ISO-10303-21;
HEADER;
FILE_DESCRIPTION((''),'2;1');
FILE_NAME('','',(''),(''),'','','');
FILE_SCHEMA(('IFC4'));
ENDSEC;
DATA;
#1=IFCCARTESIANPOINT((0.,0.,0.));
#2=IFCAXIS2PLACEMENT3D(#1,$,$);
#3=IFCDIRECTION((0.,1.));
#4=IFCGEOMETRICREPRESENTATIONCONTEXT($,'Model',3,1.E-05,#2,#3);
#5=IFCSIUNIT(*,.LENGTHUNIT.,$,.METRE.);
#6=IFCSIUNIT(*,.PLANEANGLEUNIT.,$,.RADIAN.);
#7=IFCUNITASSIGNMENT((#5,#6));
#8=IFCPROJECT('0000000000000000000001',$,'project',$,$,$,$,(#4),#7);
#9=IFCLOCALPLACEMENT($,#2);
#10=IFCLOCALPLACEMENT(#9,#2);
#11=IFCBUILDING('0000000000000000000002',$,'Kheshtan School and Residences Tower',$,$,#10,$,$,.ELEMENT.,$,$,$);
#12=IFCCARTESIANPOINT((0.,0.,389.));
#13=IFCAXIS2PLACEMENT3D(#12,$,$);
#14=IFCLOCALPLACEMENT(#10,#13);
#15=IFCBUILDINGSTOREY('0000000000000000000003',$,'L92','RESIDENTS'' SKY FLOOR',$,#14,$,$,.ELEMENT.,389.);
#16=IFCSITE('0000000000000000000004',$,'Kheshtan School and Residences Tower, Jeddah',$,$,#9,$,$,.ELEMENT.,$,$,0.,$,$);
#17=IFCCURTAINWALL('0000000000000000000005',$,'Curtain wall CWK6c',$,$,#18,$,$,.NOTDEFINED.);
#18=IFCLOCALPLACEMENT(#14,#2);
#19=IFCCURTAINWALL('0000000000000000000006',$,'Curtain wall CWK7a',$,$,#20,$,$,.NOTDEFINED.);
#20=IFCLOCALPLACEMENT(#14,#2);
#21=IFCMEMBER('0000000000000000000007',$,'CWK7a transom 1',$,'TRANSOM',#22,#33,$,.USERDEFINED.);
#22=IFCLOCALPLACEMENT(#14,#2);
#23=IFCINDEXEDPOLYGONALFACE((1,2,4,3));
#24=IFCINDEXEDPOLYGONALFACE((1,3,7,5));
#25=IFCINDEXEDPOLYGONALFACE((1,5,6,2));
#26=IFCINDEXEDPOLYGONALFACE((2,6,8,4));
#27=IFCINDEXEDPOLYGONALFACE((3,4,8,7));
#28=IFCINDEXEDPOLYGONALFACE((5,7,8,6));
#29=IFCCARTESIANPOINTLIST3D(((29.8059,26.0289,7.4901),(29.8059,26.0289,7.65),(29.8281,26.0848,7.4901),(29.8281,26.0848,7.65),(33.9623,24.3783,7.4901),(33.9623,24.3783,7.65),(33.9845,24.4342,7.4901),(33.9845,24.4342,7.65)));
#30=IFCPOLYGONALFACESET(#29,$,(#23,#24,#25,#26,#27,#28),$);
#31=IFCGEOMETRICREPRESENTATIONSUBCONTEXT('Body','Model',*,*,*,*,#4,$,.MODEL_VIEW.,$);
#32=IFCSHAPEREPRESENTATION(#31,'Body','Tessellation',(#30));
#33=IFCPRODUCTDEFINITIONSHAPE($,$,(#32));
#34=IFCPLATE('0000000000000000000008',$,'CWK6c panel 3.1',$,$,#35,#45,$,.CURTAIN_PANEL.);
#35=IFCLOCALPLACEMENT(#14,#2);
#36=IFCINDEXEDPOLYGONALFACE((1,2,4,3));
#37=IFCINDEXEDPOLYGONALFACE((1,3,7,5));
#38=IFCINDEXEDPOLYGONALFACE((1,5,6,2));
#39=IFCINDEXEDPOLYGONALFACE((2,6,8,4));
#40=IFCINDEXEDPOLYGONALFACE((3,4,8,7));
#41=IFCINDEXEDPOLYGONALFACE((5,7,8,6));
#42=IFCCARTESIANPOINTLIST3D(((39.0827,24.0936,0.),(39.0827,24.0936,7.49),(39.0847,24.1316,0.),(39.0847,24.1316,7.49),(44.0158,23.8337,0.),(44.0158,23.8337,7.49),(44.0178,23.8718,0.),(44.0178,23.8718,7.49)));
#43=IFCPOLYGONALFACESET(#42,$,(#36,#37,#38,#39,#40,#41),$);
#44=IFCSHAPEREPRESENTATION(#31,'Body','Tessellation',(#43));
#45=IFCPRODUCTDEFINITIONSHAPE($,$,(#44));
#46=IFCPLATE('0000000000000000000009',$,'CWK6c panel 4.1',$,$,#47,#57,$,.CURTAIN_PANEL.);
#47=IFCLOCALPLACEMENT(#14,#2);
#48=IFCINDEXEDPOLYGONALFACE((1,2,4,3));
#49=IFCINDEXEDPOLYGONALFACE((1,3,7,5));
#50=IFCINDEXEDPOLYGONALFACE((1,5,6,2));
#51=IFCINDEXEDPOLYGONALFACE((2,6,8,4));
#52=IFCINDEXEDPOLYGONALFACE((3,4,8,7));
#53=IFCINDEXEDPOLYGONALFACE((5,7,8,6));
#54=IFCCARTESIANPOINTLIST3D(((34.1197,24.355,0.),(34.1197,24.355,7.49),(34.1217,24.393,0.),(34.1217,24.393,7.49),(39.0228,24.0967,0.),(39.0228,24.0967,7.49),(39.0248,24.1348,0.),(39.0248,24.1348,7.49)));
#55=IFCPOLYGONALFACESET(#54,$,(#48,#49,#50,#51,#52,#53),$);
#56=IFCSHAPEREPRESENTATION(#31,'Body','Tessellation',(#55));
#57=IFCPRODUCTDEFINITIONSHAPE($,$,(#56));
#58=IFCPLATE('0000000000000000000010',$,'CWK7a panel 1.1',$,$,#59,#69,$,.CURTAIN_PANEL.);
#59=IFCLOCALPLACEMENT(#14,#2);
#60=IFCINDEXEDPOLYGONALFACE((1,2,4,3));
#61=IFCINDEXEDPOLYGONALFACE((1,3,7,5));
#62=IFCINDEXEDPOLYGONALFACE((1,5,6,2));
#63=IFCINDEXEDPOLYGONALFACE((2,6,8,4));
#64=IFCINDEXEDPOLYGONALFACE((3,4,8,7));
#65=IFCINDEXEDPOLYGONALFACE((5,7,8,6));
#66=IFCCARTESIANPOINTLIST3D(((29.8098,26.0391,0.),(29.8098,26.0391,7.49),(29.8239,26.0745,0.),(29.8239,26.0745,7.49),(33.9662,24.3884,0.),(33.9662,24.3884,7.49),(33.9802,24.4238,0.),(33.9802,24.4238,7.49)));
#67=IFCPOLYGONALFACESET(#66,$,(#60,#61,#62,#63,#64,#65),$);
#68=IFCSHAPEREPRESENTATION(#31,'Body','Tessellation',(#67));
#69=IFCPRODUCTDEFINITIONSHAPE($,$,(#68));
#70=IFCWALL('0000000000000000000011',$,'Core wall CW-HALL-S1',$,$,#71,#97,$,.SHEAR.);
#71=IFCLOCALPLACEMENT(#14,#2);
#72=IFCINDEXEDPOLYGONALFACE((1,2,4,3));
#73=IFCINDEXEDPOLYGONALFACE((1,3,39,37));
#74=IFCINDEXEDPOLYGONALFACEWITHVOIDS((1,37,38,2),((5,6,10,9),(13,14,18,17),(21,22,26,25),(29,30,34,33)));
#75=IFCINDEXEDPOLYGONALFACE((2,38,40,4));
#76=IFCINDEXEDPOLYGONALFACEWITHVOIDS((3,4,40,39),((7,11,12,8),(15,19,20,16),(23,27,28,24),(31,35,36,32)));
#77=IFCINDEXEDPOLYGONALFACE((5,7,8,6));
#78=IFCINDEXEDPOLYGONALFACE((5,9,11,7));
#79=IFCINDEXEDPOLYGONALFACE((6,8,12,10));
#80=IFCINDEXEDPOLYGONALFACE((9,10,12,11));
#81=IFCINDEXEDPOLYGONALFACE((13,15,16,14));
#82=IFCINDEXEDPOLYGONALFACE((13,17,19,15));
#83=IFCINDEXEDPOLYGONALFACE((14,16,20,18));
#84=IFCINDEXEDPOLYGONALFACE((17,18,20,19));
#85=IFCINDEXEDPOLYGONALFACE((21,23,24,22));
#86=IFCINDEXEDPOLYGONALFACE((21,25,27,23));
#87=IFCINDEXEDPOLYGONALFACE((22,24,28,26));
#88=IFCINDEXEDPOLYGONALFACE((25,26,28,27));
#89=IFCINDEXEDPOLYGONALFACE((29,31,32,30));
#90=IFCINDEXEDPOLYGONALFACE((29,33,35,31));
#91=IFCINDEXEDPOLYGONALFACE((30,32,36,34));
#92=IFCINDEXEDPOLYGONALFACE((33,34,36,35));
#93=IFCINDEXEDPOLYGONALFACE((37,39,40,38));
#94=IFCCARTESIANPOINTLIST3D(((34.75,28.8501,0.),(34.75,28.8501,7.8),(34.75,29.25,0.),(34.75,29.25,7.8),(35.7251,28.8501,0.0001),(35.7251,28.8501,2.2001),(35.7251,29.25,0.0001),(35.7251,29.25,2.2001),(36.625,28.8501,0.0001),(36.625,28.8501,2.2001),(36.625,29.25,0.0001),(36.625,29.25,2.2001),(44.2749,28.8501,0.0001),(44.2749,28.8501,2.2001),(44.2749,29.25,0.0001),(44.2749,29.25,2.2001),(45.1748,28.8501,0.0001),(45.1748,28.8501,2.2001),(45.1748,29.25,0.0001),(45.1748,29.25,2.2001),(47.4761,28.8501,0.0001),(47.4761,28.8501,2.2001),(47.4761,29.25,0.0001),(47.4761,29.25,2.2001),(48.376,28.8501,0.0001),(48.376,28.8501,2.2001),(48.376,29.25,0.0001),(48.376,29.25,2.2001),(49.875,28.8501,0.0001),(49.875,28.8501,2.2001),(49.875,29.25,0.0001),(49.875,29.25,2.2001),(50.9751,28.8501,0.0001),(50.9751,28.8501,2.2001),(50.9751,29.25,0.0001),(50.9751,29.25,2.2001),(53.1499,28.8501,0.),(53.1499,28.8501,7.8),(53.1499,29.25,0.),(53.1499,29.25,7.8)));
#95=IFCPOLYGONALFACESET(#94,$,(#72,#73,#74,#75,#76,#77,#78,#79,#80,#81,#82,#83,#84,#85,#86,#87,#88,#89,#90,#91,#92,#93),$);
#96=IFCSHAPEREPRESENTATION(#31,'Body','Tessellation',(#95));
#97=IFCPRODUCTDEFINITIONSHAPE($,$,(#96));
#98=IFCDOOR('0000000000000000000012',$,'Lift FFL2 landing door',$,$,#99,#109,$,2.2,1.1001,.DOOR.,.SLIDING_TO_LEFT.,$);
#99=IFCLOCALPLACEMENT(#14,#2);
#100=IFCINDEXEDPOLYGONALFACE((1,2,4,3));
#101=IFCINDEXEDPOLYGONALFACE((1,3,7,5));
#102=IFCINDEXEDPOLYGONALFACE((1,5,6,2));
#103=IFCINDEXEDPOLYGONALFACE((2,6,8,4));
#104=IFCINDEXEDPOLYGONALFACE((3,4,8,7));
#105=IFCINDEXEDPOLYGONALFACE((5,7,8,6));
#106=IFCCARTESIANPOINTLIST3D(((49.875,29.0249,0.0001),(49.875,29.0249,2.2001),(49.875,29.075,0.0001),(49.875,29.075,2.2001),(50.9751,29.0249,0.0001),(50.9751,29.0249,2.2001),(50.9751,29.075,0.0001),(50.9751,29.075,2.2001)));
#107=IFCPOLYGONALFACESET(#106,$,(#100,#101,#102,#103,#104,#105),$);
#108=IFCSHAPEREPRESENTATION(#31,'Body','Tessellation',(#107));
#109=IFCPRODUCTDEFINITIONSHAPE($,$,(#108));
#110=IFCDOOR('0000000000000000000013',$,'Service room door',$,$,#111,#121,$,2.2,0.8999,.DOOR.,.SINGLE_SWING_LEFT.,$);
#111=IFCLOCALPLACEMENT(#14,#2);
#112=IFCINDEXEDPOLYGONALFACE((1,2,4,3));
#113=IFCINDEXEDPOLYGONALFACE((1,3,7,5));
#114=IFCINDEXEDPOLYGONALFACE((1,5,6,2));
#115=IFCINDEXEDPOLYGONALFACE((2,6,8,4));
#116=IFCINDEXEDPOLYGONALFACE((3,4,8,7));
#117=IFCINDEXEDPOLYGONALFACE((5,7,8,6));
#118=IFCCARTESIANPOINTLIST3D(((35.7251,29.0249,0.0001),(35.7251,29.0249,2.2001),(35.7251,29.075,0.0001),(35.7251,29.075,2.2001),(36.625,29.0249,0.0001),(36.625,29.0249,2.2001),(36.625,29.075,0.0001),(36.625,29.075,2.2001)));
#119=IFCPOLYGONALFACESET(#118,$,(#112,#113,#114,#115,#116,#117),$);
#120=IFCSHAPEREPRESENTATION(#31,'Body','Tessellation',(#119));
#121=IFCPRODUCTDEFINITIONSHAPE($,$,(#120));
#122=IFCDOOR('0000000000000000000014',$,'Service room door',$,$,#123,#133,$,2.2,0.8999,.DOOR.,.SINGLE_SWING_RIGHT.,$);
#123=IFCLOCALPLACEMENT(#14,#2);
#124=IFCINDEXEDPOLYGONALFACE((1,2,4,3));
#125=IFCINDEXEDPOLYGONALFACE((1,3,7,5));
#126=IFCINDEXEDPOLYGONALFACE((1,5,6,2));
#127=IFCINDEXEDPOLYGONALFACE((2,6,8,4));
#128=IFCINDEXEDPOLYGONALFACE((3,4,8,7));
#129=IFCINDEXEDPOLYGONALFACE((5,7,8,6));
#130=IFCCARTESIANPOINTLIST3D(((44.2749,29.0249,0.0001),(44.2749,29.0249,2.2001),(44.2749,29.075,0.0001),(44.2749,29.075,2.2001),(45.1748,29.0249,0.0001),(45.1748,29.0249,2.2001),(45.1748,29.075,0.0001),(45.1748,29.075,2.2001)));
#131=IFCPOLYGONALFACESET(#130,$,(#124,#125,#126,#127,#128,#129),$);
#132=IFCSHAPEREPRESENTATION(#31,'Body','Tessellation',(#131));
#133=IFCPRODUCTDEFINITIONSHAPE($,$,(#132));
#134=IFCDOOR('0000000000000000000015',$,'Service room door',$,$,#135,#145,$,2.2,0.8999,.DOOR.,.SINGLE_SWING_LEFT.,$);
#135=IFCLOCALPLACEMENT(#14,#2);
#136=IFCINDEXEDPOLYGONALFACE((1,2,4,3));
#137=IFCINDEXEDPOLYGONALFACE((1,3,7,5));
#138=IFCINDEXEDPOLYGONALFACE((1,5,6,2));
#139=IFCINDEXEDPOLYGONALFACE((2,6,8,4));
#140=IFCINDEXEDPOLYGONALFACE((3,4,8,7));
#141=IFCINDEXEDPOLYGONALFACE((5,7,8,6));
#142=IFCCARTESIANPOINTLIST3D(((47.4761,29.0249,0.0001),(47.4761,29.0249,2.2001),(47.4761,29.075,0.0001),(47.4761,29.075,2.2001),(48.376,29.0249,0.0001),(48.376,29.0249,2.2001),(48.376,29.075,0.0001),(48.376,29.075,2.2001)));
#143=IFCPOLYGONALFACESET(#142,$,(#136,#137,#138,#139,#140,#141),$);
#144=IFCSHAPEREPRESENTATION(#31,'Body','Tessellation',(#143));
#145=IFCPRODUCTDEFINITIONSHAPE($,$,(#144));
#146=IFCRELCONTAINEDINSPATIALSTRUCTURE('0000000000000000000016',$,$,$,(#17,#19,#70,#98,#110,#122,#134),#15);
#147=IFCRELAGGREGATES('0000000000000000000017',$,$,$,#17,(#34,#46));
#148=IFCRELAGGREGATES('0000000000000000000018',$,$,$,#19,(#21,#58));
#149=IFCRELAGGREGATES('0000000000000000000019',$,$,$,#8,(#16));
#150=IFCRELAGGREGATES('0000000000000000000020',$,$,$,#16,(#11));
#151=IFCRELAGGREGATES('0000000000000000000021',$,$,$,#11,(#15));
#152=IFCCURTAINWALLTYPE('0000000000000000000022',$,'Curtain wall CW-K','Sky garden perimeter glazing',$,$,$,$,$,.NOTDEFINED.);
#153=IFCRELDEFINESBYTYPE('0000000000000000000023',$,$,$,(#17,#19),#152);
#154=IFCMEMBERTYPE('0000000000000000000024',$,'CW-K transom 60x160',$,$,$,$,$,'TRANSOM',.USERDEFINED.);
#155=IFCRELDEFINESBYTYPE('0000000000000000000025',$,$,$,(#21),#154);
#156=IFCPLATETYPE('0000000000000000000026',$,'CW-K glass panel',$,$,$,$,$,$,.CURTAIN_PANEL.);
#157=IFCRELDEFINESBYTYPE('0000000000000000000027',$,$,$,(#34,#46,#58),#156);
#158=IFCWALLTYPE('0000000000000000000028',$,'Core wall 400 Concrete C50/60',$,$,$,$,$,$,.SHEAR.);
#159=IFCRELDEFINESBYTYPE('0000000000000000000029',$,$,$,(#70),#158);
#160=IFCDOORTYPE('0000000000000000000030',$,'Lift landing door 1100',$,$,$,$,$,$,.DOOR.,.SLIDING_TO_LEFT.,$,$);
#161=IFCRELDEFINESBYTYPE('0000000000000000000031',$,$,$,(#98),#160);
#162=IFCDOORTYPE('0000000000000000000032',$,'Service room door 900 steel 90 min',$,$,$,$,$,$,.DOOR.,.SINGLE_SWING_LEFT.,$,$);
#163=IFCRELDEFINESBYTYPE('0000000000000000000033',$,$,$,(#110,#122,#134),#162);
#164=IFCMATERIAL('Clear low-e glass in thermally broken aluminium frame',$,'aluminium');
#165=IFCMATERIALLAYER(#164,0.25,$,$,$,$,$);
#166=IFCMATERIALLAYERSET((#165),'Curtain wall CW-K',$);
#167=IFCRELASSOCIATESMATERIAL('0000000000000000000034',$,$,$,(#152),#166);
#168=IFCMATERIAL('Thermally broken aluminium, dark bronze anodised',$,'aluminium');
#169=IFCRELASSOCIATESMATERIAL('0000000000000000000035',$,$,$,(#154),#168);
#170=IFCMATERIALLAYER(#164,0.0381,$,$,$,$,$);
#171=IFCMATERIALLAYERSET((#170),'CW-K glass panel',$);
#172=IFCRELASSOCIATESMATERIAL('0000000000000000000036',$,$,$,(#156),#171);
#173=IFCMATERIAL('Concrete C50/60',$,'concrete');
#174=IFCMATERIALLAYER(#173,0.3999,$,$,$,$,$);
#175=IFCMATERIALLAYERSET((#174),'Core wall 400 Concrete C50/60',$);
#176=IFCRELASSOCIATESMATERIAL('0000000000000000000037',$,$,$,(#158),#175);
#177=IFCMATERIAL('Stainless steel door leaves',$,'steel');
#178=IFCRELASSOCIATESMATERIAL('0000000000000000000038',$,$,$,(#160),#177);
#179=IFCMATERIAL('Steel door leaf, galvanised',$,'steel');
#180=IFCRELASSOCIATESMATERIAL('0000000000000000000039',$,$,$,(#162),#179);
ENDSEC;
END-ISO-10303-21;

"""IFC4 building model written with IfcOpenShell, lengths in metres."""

from ifc_helpers import new_model, si_unit, direction, frame, frame_2d, origin, origin_2d, place, context, subcontext, project, spatial, rectangle, extrude, source, transform, mapped, material, layer, layer_set, material_profile, profile_set, type_object, element, fill, aggregate, save


model = new_model("IFC4")

# Units and contexts
model_context = context("Model", 3, precision=1e-05, world=origin(), true_north=direction((0.0, 1.0)))
body_context = subcontext(model_context, "Body", "Model", "MODEL_VIEW")
ifc_project = project(units=[si_unit("LENGTHUNIT", "METRE"), si_unit("PLANEANGLEUNIT", "RADIAN")], contexts=[model_context])

# Site, building, storey
site_placement = place(None, origin())
site = spatial("IfcSite", under=ifc_project, at=site_placement, Name="Kheshtan School and Residences Tower, Jeddah", CompositionType="ELEMENT", RefElevation=0.0)
building_placement = place(site_placement, origin())
building = spatial("IfcBuilding", under=site, at=building_placement, Name="Kheshtan School and Residences Tower", CompositionType="ELEMENT")
storey_placement = place(building_placement, frame((0.0, 0.0, 389.0)))
storey = spatial("IfcBuildingStorey", under=building, at=storey_placement, Name="L92", Description="RESIDENTS' SKY FLOOR", CompositionType="ELEMENT", Elevation=389.0)

# Curtain walls, member
ifc_material_1 = material(Name="Clear low-e glass in thermally broken aluminium frame", Category="aluminium")
ifc_layer_1 = layer(ifc_material_1, 0.25)
ifc_layer_set_1 = layer_set([ifc_layer_1], Name="Curtain wall CW-K")
curtain_wall_type = type_object("IfcCurtainWallType", Name="Curtain wall CW-K", Description="Sky garden perimeter glazing", PredefinedType="NOTDEFINED", material=ifc_layer_set_1)
curtain_wall_1_placement = place(storey_placement, origin())
curtain_wall_1 = element("IfcCurtainWall", 1, at=curtain_wall_1_placement, inside=storey, type_object=curtain_wall_type, Name="Curtain wall CWK6c", PredefinedType="NOTDEFINED")
ifc_material_2 = material(Name="Thermally broken aluminium, dark bronze anodised", Category="aluminium")
curtain_wall_2_placement = place(storey_placement, origin())
curtain_wall_2 = element("IfcCurtainWall", 2, at=curtain_wall_2_placement, inside=storey, type_object=curtain_wall_type, Name="Curtain wall CWK7a", PredefinedType="NOTDEFINED")
ifc_material_profile_1 = material_profile(ifc_material_2, rectangle(XDim=0.0601, YDim=0.1599, at=origin_2d()), Name="CW-K transom 60x160")
ifc_profile_set_1 = profile_set([ifc_material_profile_1], Name="Thermally broken aluminium, dark bronze anodised")
member_type_1 = type_object("IfcMemberType", Name="CW-K transom 60x160", ElementType="TRANSOM", PredefinedType="USERDEFINED", material=ifc_profile_set_1)
member_1_placement = place(storey_placement, frame((33.9734, 24.4062, 7.5701), z_axis=(-0.929396, 0.369084, 0.0), x_axis=(-0.369084, -0.929396, 0.0)))
member_1 = element("IfcMember", 3, at=member_1_placement, type_object=member_type_1, Name="CWK7a transom 1", ObjectType="TRANSOM", PredefinedType="USERDEFINED", context=body_context, shape_type="SweptSolid", body=[
    extrude(rectangle(XDim=0.0601, YDim=0.1599, at=origin_2d()), origin(), (0.0, 0.0, 1.0), 4.4722),
])

# Plates
ifc_layer_2 = layer(ifc_material_1, 0.0381)
ifc_layer_set_2 = layer_set([ifc_layer_2], Name="CW-K glass panel")
plate_type = type_object("IfcPlateType", Name="CW-K glass panel", PredefinedType="CURTAIN_PANEL", material=ifc_layer_set_2)
plate_1_placement = place(storey_placement, frame((41.5503, 23.9827, 0.0), z_axis=(0.0, 0.0, 1.0), x_axis=(-0.998616, 0.052601, 0.0)))
plate_1 = element("IfcPlate", 4, at=plate_1_placement, type_object=plate_type, Name="CWK6c panel 3.1", PredefinedType="CURTAIN_PANEL", context=body_context, shape_type="SweptSolid", body=[
    extrude(rectangle(XDim=4.9399, YDim=0.0381, at=origin_2d()), origin(), (0.0, 0.0, 1.0), 7.49),
])
plate_2_placement = place(storey_placement, frame((36.5723, 24.2449, 0.0), z_axis=(0.0, 0.0, 1.0), x_axis=(-0.998616, 0.052601, 0.0)))
plate_2 = element("IfcPlate", 5, at=plate_2_placement, type_object=plate_type, Name="CWK6c panel 4.1", PredefinedType="CURTAIN_PANEL", context=body_context, shape_type="SweptSolid", body=[
    extrude(rectangle(XDim=4.9099, YDim=0.0381, at=origin_2d()), origin(), (0.0, 0.0, 1.0), 7.49),
])
aggregate(curtain_wall_1, [plate_1, plate_2])
plate_3_placement = place(storey_placement, frame((31.895, 25.2314, 0.0), z_axis=(0.0, 0.0, 1.0), x_axis=(-0.92939, 0.369099, 0.0)))
plate_3 = element("IfcPlate", 6, at=plate_3_placement, type_object=plate_type, Name="CWK7a panel 1.1", PredefinedType="CURTAIN_PANEL", context=body_context, shape_type="SweptSolid", body=[
    extrude(rectangle(XDim=4.4722, YDim=0.0381, at=origin_2d()), origin(), (0.0, 0.0, 1.0), 7.49),
])
aggregate(curtain_wall_2, [member_1, plate_3])

# Wall, openings, doors
ifc_material_3 = material(Name="Concrete C50/60", Category="concrete")
ifc_layer_3 = layer(ifc_material_3, 0.3999)
ifc_layer_set_3 = layer_set([ifc_layer_3], Name="Core wall 400 Concrete C50/60")
wall_type_1 = type_object("IfcWallType", Name="Core wall 400 Concrete C50/60", PredefinedType="SHEAR", material=ifc_layer_set_3)
wall_1_placement = place(storey_placement, frame((34.75, 29.05, 0.0), z_axis=(0.0, 0.0, 1.0), x_axis=(1.0, 0.0, 0.0)))
wall_1 = element("IfcWall", 7, at=wall_1_placement, inside=storey, type_object=wall_type_1, Name="Core wall CW-HALL-S1", PredefinedType="SHEAR", context=body_context, shape_type="SweptSolid", body=[
    extrude(rectangle(XDim=18.3999, YDim=0.3999, at=frame_2d((9.2, 0.0))), origin(), (0.0, 0.0, 1.0), 7.8),
])
opening_1_placement = place(wall_1_placement, frame((15.125, 0.0, 0.0)))
opening_1 = element("IfcOpeningElement", 8, at=opening_1_placement, cuts=wall_1, PredefinedType="OPENING", context=body_context, shape_type="SweptSolid", body=[
    extrude(rectangle(XDim=1.1001, YDim=2.2, at=frame_2d((0.55, 1.1001))), frame((0.0, 0.21, 0.0), z_axis=(0.0, -1.0, 0.0), x_axis=(1.0, 0.0, 0.0)), (0.0, 0.0, 1.0), 0.4199),
])
opening_2_placement = place(wall_1_placement, frame((0.9751, 0.0, 0.0)))
opening_2 = element("IfcOpeningElement", 9, at=opening_2_placement, cuts=wall_1, PredefinedType="OPENING", context=body_context, shape_type="SweptSolid", body=[
    extrude(rectangle(XDim=0.8999, YDim=2.2, at=frame_2d((0.45, 1.1001))), frame((0.0, 0.21, 0.0), z_axis=(0.0, -1.0, 0.0), x_axis=(1.0, 0.0, 0.0)), (0.0, 0.0, 1.0), 0.4199),
])
opening_3_placement = place(wall_1_placement, frame((9.5249, 0.0, 0.0)))
opening_3 = element("IfcOpeningElement", 10, at=opening_3_placement, cuts=wall_1, PredefinedType="OPENING", context=body_context, shape_type="SweptSolid", body=[
    extrude(rectangle(XDim=0.8999, YDim=2.2, at=frame_2d((0.45, 1.1001))), frame((0.0, 0.21, 0.0), z_axis=(0.0, -1.0, 0.0), x_axis=(1.0, 0.0, 0.0)), (0.0, 0.0, 1.0), 0.4199),
])
opening_4_placement = place(wall_1_placement, frame((12.7261, 0.0, 0.0)))
opening_4 = element("IfcOpeningElement", 11, at=opening_4_placement, cuts=wall_1, PredefinedType="OPENING", context=body_context, shape_type="SweptSolid", body=[
    extrude(rectangle(XDim=0.8999, YDim=2.2, at=frame_2d((0.45, 1.1001))), frame((0.0, 0.21, 0.0), z_axis=(0.0, -1.0, 0.0), x_axis=(1.0, 0.0, 0.0)), (0.0, 0.0, 1.0), 0.4199),
])
ifc_material_4 = material(Name="Stainless steel door leaves", Category="steel")
door_type_1 = type_object("IfcDoorType", Name="Lift landing door 1100", OperationType="SLIDING_TO_LEFT", PredefinedType="DOOR", material=ifc_material_4)
shared_shape_1 = source(origin(), body_context, "Body", "SweptSolid", [
    extrude(rectangle(XDim=1.1001, YDim=2.2, at=frame_2d((0.55, 1.1001))), frame((0.0, 0.0249, 0.0), z_axis=(0.0, -1.0, 0.0), x_axis=(1.0, 0.0, 0.0)), (0.0, 0.0, 1.0), 0.05),
])
door_1_placement = place(opening_1_placement, origin())
door_1 = element("IfcDoor", 12, at=door_1_placement, inside=storey, type_object=door_type_1, Name="Lift FFL2 landing door", OperationType="SLIDING_TO_LEFT", OverallHeight=2.2, OverallWidth=1.1001, PredefinedType="DOOR", context=body_context, shape_type="MappedRepresentation", body=[
    mapped(shared_shape_1, transform((0.0, 0.0, 0.0), x_axis=(1.0, 0.0, 0.0), y_axis=(0.0, 1.0, 0.0), z_axis=(0.0, 0.0, 1.0), scale=1.0)),
])
fill(opening_1, door_1)
ifc_material_5 = material(Name="Steel door leaf, galvanised", Category="steel")
door_type_2 = type_object("IfcDoorType", Name="Service room door 900 steel 90 min", OperationType="SINGLE_SWING_LEFT", PredefinedType="DOOR", material=ifc_material_5)
shared_shape_2 = source(origin(), body_context, "Body", "SweptSolid", [
    extrude(rectangle(XDim=0.8999, YDim=2.2, at=frame_2d((0.45, 1.1001))), frame((0.0, 0.0249, 0.0), z_axis=(0.0, -1.0, 0.0), x_axis=(1.0, 0.0, 0.0)), (0.0, 0.0, 1.0), 0.05),
])
door_2_placement = place(opening_2_placement, origin())
door_2 = element("IfcDoor", 13, at=door_2_placement, inside=storey, type_object=door_type_2, Name="Service room door", OperationType="SINGLE_SWING_LEFT", OverallHeight=2.2, OverallWidth=0.8999, PredefinedType="DOOR", context=body_context, shape_type="MappedRepresentation", body=[
    mapped(shared_shape_2, transform((0.0, 0.0, 0.0), x_axis=(1.0, 0.0, 0.0), y_axis=(0.0, 1.0, 0.0), z_axis=(0.0, 0.0, 1.0), scale=1.0)),
])
fill(opening_2, door_2)
door_3_placement = place(opening_3_placement, origin())
door_3 = element("IfcDoor", 14, at=door_3_placement, inside=storey, type_object=door_type_2, Name="Service room door", OperationType="SINGLE_SWING_RIGHT", OverallHeight=2.2, OverallWidth=0.8999, PredefinedType="DOOR", context=body_context, shape_type="MappedRepresentation", body=[
    mapped(shared_shape_2, transform((0.0, 0.0, 0.0), x_axis=(1.0, 0.0, 0.0), y_axis=(0.0, 1.0, 0.0), z_axis=(0.0, 0.0, 1.0), scale=1.0)),
])
fill(opening_3, door_3)
door_4_placement = place(opening_4_placement, origin())
door_4 = element("IfcDoor", 15, at=door_4_placement, inside=storey, type_object=door_type_2, Name="Service room door", OperationType="SINGLE_SWING_LEFT", OverallHeight=2.2, OverallWidth=0.8999, PredefinedType="DOOR", context=body_context, shape_type="MappedRepresentation", body=[
    mapped(shared_shape_2, transform((0.0, 0.0, 0.0), x_axis=(1.0, 0.0, 0.0), y_axis=(0.0, 1.0, 0.0), z_axis=(0.0, 0.0, 1.0), scale=1.0)),
])
fill(opening_4, door_4)

save(model, "model.ifc")
